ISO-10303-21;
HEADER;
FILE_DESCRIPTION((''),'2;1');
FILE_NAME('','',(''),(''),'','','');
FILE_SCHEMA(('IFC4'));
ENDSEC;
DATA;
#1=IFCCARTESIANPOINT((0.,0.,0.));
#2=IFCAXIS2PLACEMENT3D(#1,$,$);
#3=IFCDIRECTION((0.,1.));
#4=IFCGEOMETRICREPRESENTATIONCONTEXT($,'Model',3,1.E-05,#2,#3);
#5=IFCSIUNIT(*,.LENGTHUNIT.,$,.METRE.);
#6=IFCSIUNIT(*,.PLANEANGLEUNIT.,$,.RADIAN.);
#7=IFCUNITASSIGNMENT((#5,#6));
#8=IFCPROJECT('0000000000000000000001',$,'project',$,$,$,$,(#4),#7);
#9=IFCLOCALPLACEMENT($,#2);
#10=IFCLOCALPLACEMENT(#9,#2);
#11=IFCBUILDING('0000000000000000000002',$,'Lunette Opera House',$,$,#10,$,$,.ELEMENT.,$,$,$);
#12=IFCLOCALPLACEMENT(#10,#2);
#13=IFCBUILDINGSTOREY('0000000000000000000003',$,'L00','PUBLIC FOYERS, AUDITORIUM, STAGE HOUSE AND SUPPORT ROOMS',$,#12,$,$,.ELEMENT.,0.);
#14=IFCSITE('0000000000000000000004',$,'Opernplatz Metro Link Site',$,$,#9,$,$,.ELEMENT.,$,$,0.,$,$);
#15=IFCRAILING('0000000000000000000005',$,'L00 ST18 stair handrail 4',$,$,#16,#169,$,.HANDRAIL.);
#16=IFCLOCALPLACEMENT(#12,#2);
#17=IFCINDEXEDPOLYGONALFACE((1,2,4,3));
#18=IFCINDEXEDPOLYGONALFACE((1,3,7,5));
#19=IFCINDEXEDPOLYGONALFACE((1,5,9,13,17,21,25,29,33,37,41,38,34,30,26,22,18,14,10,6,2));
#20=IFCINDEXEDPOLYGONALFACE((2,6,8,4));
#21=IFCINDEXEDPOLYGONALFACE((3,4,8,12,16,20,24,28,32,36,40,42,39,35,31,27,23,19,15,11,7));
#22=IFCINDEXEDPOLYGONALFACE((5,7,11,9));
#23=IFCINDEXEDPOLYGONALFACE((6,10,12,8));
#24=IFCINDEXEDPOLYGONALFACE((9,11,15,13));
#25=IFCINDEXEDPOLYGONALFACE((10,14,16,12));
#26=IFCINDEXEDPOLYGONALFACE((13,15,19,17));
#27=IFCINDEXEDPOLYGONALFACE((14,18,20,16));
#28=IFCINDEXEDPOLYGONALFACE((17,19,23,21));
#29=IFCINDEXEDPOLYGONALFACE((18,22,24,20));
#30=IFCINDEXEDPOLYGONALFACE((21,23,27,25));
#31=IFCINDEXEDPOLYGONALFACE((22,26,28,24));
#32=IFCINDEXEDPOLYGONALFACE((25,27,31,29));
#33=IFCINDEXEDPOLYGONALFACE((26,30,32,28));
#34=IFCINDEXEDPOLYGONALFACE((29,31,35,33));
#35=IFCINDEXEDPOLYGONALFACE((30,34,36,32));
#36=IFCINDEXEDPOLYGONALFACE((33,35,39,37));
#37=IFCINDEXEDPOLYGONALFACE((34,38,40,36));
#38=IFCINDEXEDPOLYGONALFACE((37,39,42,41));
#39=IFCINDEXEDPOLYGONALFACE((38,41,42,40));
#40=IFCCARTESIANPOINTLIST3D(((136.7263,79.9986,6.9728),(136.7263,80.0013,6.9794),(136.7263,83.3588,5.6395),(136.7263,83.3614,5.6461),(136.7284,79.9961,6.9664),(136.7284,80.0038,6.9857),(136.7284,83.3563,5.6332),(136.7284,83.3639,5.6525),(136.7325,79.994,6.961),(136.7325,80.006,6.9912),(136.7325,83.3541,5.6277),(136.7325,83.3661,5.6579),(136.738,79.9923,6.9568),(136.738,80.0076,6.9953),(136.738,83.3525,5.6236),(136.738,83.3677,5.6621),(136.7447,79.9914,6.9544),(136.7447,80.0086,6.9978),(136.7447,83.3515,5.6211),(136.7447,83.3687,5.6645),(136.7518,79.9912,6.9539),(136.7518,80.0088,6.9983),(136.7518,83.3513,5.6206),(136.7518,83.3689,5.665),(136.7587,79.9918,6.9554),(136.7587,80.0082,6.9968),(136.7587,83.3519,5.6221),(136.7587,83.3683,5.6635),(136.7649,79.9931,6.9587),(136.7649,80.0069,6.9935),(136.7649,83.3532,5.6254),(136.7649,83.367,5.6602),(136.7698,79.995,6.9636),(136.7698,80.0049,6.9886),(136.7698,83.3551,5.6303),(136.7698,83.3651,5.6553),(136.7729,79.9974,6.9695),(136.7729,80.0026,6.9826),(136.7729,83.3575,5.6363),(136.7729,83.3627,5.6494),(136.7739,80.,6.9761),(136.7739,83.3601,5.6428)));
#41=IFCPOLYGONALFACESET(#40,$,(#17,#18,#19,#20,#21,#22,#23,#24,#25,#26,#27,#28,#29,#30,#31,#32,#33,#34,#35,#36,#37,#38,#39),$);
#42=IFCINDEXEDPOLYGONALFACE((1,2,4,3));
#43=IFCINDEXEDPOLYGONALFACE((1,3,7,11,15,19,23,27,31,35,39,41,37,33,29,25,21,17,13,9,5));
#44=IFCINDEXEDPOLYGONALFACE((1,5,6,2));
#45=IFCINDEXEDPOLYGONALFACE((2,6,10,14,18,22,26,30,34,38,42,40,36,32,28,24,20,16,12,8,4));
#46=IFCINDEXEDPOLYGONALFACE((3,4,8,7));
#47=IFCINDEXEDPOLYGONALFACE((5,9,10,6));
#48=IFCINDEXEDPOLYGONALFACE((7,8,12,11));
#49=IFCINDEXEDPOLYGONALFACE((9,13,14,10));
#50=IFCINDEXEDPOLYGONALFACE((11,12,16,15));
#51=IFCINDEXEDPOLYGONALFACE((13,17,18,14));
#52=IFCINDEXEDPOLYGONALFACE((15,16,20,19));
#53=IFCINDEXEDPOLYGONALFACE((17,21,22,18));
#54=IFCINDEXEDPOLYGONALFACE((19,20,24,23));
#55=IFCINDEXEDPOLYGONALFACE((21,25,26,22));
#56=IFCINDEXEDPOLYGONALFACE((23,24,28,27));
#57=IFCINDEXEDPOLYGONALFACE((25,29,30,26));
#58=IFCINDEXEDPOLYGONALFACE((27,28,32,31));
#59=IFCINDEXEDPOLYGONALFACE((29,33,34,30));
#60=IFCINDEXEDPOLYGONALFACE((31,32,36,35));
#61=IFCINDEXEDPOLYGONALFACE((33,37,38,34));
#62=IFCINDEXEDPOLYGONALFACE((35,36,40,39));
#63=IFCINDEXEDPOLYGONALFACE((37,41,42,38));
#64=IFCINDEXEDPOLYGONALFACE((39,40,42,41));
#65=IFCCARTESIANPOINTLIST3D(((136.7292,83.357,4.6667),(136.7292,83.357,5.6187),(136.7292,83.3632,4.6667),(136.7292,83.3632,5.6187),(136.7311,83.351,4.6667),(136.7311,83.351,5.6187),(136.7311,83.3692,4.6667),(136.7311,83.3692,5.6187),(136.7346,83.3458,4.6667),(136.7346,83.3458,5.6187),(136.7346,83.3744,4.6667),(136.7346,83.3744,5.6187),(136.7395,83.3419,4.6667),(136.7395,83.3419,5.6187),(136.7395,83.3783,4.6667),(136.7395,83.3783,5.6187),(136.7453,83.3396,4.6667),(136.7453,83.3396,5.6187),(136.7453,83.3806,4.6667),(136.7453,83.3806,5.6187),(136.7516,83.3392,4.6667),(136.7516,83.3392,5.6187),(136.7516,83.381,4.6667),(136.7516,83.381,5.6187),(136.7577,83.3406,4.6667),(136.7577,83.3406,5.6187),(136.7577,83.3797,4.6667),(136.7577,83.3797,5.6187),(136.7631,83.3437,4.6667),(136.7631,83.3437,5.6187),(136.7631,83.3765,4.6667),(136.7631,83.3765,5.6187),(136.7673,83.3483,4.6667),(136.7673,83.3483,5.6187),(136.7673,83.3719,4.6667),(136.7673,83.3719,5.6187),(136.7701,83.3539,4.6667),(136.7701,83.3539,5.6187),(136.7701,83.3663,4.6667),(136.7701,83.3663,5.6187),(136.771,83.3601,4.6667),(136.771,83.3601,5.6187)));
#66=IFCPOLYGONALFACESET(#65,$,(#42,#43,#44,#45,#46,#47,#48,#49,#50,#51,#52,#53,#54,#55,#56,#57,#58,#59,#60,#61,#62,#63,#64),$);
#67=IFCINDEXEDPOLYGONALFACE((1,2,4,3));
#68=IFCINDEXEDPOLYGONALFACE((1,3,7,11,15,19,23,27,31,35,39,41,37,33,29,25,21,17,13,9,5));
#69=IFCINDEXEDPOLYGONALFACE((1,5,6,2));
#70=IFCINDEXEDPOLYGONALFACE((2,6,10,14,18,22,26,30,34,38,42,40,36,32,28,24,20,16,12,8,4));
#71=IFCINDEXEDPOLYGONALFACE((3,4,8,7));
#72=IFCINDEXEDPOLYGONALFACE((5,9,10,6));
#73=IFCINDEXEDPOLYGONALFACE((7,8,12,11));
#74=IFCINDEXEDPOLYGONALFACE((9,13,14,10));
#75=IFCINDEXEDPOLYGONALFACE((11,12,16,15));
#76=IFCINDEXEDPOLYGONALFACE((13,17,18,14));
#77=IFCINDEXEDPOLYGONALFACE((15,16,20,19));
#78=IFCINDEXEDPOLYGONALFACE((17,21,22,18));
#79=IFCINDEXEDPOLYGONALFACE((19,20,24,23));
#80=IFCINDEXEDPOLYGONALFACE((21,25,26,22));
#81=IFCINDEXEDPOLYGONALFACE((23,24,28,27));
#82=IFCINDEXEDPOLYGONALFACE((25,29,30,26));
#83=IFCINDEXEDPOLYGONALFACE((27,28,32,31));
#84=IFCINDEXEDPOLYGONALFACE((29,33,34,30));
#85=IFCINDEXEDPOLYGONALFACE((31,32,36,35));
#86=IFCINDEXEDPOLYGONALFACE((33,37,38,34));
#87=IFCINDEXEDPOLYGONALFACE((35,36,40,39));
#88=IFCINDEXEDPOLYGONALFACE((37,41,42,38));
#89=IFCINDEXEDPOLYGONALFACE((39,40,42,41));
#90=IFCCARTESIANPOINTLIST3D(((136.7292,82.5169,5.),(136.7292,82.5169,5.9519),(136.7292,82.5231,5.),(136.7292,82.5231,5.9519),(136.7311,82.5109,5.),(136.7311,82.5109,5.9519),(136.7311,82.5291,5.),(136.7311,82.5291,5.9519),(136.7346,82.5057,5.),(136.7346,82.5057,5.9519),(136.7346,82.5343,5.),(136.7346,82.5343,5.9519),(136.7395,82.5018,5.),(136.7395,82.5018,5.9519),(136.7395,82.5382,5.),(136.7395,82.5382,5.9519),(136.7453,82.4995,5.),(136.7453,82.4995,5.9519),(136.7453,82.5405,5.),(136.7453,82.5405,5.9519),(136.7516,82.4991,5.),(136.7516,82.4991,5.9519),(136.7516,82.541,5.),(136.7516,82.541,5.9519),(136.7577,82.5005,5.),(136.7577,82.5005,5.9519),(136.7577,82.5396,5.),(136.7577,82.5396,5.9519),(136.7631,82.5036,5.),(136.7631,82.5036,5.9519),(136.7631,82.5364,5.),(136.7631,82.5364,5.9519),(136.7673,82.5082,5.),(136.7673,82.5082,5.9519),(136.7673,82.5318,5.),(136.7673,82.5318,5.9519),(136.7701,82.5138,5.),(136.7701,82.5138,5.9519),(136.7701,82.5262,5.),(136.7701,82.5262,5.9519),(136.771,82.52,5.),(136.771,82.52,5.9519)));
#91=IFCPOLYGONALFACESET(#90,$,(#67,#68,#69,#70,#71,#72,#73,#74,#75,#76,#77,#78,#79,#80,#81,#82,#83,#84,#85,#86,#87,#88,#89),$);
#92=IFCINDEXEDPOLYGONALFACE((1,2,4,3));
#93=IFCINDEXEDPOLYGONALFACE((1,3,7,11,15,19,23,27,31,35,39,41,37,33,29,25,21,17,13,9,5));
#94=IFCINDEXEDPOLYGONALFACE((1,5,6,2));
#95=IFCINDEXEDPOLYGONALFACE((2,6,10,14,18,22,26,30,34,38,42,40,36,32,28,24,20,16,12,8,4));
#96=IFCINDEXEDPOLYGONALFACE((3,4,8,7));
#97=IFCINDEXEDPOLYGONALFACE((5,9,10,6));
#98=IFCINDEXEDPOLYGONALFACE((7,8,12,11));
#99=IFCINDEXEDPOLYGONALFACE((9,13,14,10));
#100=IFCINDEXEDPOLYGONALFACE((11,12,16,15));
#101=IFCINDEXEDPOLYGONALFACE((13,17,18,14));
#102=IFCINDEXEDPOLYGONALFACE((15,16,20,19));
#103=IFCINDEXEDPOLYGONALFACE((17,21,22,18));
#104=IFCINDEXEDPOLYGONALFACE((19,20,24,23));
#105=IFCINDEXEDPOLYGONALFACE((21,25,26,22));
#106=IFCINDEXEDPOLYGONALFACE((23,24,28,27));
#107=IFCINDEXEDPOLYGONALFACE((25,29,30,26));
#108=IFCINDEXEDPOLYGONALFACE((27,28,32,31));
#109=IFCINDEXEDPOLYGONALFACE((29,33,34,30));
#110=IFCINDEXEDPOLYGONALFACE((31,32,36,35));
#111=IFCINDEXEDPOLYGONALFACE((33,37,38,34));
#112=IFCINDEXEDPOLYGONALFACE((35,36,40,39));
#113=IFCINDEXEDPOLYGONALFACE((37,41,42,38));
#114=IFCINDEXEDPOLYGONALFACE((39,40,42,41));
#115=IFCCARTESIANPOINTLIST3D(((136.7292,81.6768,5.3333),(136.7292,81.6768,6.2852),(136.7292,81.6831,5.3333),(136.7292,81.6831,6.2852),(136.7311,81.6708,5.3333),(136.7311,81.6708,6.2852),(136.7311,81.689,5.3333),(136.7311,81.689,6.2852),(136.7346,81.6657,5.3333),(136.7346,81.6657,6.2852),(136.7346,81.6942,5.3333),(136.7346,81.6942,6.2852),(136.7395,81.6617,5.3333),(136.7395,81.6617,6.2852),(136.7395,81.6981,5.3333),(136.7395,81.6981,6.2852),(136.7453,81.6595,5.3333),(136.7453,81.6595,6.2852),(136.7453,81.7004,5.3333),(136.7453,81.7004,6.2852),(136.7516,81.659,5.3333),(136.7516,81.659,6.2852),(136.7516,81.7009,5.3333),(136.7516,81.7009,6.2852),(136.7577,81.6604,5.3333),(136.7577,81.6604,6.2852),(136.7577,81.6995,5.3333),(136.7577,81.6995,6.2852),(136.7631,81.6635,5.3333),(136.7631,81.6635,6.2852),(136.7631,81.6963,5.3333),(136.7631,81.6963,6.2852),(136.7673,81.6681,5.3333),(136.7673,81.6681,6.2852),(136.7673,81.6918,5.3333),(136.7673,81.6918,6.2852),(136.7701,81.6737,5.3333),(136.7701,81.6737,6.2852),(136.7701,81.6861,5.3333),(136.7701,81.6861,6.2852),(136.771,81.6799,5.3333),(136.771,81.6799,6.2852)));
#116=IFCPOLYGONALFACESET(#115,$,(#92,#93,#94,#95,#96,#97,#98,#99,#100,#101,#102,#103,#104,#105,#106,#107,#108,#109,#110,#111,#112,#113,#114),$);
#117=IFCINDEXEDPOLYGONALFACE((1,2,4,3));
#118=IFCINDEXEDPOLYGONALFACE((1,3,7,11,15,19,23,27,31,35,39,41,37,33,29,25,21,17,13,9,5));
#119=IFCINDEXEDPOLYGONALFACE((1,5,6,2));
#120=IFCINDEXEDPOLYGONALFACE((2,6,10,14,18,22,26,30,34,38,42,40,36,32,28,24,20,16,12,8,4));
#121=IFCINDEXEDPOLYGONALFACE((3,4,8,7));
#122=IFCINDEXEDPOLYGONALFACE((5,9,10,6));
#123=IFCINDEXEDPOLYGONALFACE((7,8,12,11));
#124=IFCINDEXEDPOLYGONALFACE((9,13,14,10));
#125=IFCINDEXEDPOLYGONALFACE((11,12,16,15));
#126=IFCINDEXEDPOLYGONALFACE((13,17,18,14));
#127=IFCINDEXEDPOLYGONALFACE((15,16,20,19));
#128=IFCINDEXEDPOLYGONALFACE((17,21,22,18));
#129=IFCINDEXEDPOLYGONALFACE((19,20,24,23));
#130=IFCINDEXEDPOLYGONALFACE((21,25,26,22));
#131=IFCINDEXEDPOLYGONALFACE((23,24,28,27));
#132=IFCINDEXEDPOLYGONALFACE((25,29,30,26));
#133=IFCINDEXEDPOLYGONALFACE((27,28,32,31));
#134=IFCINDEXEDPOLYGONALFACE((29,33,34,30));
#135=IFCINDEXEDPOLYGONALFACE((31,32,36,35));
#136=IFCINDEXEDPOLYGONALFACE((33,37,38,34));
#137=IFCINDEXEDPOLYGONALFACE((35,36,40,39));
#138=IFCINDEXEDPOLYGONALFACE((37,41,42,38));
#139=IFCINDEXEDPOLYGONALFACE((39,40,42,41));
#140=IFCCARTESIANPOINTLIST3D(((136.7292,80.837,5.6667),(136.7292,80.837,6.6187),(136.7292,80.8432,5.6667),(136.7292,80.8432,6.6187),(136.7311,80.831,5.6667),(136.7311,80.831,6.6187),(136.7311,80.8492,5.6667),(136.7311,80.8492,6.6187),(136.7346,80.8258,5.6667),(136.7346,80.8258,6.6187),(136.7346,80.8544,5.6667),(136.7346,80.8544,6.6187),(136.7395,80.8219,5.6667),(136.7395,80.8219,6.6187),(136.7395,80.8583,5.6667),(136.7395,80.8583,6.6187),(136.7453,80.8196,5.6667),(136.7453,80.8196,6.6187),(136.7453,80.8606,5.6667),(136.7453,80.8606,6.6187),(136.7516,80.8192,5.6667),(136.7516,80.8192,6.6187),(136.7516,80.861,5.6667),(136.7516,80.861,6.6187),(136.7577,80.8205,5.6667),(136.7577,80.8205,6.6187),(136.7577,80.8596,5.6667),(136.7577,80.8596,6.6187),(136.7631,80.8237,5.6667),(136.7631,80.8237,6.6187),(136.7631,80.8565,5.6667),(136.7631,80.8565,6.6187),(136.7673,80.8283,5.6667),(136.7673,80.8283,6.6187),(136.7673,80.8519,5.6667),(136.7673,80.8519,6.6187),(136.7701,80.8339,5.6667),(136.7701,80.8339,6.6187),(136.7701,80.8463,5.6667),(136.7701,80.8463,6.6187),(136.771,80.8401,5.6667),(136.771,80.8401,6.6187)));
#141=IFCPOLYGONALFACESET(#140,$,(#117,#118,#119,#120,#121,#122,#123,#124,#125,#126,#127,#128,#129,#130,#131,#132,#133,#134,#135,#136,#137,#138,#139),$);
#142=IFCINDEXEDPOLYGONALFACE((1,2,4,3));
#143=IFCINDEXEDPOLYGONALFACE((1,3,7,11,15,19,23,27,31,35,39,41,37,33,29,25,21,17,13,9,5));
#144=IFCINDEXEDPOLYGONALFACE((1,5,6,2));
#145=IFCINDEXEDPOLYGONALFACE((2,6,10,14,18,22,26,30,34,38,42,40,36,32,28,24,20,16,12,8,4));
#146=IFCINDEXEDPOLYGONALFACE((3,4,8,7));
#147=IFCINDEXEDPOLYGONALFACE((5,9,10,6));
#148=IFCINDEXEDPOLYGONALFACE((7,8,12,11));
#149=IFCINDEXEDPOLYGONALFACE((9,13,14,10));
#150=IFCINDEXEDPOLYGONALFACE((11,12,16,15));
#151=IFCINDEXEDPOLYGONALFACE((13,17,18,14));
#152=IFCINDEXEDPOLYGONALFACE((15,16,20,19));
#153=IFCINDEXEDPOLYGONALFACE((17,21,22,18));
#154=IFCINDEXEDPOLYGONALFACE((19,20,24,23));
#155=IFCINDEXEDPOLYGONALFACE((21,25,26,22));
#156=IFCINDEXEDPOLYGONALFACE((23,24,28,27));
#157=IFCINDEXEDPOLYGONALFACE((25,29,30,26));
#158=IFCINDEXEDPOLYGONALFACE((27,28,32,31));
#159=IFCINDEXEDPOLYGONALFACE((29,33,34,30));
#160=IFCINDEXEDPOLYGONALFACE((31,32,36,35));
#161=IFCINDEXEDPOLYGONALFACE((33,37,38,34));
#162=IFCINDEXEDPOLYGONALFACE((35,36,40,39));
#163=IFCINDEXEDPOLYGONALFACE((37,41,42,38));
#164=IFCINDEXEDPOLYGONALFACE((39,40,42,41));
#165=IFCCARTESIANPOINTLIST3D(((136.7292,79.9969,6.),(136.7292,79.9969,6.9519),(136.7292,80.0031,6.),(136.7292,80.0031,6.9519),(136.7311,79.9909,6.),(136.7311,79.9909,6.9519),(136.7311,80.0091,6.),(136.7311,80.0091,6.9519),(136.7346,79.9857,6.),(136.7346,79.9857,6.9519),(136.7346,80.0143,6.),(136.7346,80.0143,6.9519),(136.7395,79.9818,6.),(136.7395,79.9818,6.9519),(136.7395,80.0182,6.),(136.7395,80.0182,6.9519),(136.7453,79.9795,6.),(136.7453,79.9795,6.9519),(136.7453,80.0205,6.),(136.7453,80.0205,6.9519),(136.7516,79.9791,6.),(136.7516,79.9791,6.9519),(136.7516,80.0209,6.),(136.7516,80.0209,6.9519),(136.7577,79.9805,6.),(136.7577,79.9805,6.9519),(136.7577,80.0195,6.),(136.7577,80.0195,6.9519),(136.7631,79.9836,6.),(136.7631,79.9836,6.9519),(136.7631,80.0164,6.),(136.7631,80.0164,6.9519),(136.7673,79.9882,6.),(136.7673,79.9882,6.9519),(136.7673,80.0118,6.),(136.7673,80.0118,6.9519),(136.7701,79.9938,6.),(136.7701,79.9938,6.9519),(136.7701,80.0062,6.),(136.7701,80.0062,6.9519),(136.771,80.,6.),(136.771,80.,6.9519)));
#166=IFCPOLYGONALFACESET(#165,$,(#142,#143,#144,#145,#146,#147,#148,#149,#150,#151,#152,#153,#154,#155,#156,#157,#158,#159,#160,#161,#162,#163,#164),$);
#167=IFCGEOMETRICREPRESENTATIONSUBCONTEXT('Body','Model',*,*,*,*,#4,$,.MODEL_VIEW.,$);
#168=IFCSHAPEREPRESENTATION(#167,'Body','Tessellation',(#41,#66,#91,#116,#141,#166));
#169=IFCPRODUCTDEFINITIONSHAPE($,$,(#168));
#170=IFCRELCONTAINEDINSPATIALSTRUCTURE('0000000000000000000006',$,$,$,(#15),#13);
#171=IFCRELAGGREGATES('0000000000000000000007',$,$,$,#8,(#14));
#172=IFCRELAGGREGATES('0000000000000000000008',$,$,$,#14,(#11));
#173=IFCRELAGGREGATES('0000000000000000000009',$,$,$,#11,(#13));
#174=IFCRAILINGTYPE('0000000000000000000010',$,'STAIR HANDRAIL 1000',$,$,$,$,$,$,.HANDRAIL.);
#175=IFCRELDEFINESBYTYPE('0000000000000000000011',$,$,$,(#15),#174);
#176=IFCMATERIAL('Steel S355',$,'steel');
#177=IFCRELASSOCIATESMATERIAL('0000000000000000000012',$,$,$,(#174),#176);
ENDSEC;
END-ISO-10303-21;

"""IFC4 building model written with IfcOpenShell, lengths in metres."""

from ifc_helpers import new_model, si_unit, direction, frame, origin, origin_2d, place, context, subcontext, project, spatial, circle, extrude, material, type_object, element, save


model = new_model("IFC4")

# Units and contexts
model_context = context("Model", 3, precision=1e-05, world=origin(), true_north=direction((0.0, 1.0)))
body_context = subcontext(model_context, "Body", "Model", "MODEL_VIEW")
ifc_project = project(units=[si_unit("LENGTHUNIT", "METRE"), si_unit("PLANEANGLEUNIT", "RADIAN")], contexts=[model_context])

# Site, building, storey
site_placement = place(None, origin())
site = spatial("IfcSite", under=ifc_project, at=site_placement, Name="Opernplatz Metro Link Site", CompositionType="ELEMENT", RefElevation=0.0)
building_placement = place(site_placement, origin())
building = spatial("IfcBuilding", under=site, at=building_placement, Name="Lunette Opera House", CompositionType="ELEMENT")
storey_placement = place(building_placement, origin())
storey = spatial("IfcBuildingStorey", under=building, at=storey_placement, Name="L00", Description="PUBLIC FOYERS, AUDITORIUM, STAGE HOUSE AND SUPPORT ROOMS", CompositionType="ELEMENT", Elevation=0.0)

# Railing
ifc_material_1 = material(Name="Steel S355", Category="steel")
railing_type_1 = type_object("IfcRailingType", Name="STAIR HANDRAIL 1000", PredefinedType="HANDRAIL", material=ifc_material_1)
railing_1_placement = place(storey_placement, frame((136.75, 83.3601, 4.6667)))
element("IfcRailing", 1, at=railing_1_placement, inside=storey, type_object=railing_type_1, Name="L00 ST18 stair handrail 4", PredefinedType="HANDRAIL", context=body_context, shape_type="SweptSolid", body=[
    extrude(circle(Radius=0.0239, at=origin_2d()), frame((0.0, 0.0, 0.9761), z_axis=(0.0, -0.929502, 0.368816), x_axis=(1.0, 0.0, 0.0)), (0.0, 0.0, 1.0), 3.615),
    extrude(circle(Radius=0.021, at=origin_2d()), origin(), (0.0, 0.0, 1.0), 0.9519),
    extrude(circle(Radius=0.021, at=origin_2d()), frame((0.0, -0.8401, 0.3333)), (0.0, 0.0, 1.0), 0.9519),
    extrude(circle(Radius=0.021, at=origin_2d()), frame((0.0, -1.6802, 0.6665)), (0.0, 0.0, 1.0), 0.9519),
    extrude(circle(Radius=0.021, at=origin_2d()), frame((0.0, -2.52, 1.0)), (0.0, 0.0, 1.0), 0.9519),
    extrude(circle(Radius=0.021, at=origin_2d()), frame((0.0, -3.3601, 1.3333)), (0.0, 0.0, 1.0), 0.9519),
])

save(model, "model.ifc")
